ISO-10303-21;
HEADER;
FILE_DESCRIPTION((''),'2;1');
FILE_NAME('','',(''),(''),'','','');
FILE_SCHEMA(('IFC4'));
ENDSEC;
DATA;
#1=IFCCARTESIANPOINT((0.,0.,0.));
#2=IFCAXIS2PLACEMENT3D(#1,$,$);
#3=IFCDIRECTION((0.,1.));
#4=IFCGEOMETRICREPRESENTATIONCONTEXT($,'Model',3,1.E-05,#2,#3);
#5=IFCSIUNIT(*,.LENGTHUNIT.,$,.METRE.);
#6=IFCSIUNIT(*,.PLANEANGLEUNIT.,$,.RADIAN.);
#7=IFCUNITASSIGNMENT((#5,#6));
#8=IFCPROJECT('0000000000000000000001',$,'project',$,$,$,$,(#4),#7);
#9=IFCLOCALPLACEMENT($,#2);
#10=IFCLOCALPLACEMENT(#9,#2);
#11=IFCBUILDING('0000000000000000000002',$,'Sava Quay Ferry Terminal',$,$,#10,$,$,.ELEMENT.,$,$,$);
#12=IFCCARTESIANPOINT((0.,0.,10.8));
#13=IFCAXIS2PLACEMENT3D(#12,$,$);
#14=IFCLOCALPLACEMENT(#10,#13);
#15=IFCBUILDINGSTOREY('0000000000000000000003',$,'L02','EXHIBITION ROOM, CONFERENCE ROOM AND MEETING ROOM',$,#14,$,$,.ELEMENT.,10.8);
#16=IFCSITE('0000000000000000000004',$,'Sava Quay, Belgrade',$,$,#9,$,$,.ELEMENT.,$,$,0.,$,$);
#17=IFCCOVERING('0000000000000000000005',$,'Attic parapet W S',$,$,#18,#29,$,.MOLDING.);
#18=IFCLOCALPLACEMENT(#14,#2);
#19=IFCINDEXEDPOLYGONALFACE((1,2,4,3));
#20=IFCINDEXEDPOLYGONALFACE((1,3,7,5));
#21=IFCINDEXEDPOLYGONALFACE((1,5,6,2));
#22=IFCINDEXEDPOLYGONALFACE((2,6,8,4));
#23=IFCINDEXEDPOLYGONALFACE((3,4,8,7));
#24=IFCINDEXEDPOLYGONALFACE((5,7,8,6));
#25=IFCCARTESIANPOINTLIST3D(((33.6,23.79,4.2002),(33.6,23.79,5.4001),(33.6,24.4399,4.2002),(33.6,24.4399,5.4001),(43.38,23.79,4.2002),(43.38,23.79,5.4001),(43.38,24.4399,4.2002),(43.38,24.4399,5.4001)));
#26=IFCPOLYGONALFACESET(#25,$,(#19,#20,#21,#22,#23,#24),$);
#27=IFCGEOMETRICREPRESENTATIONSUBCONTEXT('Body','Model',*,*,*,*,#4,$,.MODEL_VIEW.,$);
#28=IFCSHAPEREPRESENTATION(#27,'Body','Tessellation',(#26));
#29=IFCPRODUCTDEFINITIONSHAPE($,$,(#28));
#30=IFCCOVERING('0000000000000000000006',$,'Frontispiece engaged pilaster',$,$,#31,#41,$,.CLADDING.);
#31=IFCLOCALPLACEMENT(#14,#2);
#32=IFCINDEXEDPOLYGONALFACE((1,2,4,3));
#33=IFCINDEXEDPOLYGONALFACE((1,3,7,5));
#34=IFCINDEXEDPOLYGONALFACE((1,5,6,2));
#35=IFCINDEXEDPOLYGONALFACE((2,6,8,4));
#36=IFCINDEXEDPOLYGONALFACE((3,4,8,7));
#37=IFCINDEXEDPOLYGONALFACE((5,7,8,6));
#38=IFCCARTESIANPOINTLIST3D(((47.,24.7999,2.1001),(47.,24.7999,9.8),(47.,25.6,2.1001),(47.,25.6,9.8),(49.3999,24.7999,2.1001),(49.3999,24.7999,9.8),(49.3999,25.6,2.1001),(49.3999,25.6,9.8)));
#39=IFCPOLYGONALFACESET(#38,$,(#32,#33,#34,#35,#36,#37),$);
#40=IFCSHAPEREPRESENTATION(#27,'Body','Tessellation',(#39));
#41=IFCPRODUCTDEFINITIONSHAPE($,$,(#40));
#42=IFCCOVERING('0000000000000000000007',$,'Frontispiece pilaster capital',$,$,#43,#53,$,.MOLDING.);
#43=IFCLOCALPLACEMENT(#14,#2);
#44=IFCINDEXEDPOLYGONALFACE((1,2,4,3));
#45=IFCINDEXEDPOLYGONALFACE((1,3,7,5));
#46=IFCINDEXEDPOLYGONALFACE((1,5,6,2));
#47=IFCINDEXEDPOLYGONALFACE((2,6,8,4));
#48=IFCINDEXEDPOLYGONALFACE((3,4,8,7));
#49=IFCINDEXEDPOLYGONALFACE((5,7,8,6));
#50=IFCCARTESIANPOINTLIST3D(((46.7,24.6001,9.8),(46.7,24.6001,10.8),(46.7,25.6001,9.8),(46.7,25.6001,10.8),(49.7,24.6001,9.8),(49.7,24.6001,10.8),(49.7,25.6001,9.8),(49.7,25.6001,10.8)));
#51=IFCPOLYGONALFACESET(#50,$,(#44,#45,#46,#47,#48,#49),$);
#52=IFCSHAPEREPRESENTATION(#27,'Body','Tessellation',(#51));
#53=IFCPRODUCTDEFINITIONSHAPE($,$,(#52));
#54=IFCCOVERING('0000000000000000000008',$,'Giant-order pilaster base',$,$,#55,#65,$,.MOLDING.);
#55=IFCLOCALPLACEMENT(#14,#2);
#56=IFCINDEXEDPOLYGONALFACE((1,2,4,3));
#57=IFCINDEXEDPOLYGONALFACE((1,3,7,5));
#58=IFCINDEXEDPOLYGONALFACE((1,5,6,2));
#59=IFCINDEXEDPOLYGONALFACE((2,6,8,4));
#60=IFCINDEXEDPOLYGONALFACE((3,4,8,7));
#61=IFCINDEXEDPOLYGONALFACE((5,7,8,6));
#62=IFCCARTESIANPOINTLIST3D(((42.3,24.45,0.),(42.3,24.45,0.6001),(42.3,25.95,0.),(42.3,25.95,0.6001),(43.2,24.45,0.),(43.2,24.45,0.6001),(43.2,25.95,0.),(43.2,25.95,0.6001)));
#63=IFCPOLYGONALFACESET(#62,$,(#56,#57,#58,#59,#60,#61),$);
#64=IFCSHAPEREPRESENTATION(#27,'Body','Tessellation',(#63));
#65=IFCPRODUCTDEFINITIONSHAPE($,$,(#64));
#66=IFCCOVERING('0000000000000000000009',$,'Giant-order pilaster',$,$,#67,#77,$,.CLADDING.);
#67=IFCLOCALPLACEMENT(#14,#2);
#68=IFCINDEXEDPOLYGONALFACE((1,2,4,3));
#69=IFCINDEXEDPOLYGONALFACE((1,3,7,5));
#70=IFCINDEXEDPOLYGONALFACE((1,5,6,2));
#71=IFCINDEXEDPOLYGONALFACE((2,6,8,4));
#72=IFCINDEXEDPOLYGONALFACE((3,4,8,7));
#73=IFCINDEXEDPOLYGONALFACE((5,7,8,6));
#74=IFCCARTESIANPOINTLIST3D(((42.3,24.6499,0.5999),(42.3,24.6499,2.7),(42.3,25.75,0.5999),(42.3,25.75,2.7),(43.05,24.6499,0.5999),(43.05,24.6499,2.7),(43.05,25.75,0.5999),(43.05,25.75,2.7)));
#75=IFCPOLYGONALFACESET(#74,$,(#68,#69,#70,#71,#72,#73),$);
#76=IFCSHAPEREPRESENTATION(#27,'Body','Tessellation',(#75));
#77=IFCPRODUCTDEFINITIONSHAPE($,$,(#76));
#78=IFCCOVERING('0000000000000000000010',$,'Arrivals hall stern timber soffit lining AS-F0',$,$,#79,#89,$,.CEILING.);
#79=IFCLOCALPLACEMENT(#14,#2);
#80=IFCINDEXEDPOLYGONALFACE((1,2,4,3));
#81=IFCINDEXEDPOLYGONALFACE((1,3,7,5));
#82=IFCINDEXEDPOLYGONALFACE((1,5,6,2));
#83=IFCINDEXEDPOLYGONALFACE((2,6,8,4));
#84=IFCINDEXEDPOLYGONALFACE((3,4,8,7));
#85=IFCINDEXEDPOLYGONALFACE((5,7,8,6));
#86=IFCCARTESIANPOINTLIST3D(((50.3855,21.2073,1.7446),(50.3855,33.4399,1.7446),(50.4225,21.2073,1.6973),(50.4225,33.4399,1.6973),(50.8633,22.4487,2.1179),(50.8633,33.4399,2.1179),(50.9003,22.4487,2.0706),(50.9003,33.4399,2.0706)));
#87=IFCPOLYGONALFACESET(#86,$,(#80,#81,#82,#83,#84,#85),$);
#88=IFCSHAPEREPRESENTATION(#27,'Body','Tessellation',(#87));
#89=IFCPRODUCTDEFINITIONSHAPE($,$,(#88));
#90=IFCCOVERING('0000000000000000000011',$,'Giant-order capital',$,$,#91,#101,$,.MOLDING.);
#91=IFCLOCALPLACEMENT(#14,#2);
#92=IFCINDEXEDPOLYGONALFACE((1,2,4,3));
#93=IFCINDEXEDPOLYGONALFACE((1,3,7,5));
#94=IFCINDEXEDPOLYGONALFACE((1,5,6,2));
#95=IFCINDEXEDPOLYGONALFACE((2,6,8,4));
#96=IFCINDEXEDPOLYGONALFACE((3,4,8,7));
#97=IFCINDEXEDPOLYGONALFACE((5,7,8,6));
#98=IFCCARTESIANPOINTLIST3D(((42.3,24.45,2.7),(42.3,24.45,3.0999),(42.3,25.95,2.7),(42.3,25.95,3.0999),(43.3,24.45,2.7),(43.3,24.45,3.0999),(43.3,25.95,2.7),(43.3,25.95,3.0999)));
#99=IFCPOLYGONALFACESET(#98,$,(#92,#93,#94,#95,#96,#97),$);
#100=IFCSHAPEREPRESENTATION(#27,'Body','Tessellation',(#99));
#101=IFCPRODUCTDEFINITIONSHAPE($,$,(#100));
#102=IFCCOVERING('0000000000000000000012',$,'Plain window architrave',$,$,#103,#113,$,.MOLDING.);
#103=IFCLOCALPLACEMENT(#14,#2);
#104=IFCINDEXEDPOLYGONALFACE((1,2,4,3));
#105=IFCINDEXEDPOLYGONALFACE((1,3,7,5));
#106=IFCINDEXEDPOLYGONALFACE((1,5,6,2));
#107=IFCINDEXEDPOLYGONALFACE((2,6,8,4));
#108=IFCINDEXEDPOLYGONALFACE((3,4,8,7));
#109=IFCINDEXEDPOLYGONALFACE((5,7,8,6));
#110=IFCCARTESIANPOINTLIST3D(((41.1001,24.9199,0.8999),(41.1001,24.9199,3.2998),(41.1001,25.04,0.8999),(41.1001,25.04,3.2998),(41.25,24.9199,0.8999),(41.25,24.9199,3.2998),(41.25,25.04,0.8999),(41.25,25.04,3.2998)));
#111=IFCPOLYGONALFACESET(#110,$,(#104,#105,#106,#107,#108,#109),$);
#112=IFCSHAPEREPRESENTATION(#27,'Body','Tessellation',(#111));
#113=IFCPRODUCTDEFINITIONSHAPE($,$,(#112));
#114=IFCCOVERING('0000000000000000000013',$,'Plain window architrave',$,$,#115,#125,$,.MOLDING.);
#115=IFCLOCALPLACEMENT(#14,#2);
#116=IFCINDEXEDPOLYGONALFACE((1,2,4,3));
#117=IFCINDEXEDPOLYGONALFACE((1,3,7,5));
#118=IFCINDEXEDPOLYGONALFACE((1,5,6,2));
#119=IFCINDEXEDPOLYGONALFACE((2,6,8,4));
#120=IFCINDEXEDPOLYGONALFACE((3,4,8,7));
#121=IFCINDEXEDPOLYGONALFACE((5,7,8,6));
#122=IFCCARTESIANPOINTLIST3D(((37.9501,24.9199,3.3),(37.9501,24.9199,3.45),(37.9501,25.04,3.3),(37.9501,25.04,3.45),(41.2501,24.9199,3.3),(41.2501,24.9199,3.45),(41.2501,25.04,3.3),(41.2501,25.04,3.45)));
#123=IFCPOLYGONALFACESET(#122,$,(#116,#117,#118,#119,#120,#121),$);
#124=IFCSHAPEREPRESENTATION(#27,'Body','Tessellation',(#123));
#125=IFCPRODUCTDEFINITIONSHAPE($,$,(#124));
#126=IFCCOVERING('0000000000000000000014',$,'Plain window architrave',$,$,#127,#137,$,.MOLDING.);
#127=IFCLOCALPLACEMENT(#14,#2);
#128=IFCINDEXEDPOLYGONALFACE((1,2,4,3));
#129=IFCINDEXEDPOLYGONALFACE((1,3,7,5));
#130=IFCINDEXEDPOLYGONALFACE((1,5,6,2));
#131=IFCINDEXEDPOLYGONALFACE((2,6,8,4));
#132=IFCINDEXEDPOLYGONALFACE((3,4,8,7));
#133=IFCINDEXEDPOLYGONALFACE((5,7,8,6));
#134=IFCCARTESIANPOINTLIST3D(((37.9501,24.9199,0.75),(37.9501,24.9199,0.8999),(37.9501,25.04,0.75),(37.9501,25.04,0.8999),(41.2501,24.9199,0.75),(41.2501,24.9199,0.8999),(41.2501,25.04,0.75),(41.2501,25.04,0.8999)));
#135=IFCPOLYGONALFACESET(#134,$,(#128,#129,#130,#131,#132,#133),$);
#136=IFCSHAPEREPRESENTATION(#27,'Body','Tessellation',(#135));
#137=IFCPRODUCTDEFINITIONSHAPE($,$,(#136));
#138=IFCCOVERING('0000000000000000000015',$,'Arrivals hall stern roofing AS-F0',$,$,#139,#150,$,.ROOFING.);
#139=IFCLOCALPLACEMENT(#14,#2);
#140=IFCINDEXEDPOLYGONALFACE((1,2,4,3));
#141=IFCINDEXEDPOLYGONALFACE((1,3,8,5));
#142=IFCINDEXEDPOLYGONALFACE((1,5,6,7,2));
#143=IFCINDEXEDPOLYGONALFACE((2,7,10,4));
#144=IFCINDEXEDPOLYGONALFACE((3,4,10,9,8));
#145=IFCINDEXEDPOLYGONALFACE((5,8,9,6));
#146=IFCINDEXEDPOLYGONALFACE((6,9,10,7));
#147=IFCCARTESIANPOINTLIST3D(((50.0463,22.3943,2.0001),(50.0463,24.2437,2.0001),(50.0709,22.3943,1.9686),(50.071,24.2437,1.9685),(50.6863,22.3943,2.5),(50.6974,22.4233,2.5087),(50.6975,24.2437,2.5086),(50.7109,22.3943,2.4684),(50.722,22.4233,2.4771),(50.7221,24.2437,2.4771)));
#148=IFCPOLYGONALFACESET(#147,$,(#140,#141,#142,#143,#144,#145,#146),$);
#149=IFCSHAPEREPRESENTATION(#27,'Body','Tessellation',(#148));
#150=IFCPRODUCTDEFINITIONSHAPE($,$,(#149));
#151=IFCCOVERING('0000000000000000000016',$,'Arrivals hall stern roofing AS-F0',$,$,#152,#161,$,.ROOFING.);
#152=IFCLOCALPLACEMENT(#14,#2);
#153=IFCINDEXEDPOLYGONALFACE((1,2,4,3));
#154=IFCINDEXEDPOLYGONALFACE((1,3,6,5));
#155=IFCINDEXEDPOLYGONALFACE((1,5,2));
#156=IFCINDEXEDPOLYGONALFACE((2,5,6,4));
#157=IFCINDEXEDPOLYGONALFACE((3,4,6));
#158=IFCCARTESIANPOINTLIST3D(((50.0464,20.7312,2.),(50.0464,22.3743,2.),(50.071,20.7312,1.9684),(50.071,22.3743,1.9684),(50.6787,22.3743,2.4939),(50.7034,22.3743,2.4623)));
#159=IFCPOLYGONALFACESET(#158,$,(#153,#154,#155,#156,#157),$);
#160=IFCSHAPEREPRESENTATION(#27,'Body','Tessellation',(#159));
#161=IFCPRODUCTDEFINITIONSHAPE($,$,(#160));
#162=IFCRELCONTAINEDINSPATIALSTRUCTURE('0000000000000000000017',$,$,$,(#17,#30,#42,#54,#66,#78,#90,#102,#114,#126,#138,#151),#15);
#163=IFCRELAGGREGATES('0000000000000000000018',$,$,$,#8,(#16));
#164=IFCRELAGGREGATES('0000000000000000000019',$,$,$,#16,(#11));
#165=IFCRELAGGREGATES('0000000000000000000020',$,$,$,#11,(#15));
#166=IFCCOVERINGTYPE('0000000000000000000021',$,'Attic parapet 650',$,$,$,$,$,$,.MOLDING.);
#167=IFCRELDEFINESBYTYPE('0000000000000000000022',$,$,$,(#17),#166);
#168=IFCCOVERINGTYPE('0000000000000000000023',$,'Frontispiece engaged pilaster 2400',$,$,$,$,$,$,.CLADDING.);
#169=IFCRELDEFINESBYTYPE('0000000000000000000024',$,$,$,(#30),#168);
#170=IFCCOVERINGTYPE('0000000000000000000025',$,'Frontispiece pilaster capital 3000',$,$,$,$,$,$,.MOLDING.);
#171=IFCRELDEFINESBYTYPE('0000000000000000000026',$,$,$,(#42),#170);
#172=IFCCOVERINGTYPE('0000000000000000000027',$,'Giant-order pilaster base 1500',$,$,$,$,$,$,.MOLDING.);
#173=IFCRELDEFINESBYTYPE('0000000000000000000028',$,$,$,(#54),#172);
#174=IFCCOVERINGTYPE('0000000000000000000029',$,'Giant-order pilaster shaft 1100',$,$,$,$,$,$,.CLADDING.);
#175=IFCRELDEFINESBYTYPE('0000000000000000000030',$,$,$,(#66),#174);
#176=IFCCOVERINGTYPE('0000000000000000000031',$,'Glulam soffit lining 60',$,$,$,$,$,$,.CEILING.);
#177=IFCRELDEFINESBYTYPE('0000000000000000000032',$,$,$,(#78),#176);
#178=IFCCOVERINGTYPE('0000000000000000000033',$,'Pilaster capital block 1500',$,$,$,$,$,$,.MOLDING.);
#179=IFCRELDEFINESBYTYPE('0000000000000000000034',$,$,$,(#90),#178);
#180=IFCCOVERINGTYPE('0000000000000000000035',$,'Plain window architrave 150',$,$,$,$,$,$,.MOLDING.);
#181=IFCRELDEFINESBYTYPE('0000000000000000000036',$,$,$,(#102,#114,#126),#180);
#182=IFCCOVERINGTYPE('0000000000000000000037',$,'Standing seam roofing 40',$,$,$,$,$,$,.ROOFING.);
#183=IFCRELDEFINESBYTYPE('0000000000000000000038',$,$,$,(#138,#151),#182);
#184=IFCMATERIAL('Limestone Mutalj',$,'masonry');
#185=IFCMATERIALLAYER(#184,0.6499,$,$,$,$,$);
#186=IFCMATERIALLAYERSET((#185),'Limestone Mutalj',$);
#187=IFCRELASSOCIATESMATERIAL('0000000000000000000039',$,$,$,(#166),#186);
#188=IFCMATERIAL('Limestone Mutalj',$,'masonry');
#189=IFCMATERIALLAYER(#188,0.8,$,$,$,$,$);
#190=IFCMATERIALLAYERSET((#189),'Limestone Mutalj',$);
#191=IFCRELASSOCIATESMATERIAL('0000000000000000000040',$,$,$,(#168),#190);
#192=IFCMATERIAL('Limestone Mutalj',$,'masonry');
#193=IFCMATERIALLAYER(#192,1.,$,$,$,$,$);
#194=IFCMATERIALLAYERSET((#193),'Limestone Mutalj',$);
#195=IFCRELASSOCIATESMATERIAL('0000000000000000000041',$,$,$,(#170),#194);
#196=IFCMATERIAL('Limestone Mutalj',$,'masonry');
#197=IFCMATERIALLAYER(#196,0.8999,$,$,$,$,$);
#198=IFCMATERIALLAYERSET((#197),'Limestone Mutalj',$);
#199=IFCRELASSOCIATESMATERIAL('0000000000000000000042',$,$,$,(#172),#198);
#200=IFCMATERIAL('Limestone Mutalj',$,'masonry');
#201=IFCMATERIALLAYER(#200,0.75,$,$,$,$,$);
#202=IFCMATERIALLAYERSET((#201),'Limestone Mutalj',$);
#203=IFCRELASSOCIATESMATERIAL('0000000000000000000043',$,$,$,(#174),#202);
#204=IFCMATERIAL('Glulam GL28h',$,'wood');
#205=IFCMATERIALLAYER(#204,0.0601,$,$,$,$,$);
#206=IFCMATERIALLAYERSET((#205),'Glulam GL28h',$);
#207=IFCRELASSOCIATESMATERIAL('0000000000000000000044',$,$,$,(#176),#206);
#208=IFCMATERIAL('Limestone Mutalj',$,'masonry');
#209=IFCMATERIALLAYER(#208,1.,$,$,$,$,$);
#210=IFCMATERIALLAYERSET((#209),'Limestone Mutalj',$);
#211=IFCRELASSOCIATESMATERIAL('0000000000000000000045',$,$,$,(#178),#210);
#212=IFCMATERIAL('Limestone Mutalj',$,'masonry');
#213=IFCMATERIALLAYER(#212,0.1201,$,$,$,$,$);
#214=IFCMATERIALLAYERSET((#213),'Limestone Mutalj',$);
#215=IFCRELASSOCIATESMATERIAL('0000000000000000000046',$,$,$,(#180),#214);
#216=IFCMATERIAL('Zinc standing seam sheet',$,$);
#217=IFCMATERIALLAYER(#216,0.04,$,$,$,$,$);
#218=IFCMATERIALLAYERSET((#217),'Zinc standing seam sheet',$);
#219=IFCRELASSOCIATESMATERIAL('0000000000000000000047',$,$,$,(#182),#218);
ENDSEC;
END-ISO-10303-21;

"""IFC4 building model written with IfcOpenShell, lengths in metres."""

from ifc_helpers import new_model, si_unit, direction, frame, origin, origin_2d, place, context, subcontext, project, spatial, polyline, rectangle, outline, extrude, material, layer, layer_set, type_object, element, save


model = new_model("IFC4")

# Units and contexts
model_context = context("Model", 3, precision=1e-05, world=origin(), true_north=direction((0.0, 1.0)))
body_context = subcontext(model_context, "Body", "Model", "MODEL_VIEW")
ifc_project = project(units=[si_unit("LENGTHUNIT", "METRE"), si_unit("PLANEANGLEUNIT", "RADIAN")], contexts=[model_context])

# Site, building, storey
site_placement = place(None, origin())
site = spatial("IfcSite", under=ifc_project, at=site_placement, Name="Sava Quay, Belgrade", CompositionType="ELEMENT", RefElevation=0.0)
building_placement = place(site_placement, origin())
building = spatial("IfcBuilding", under=site, at=building_placement, Name="Sava Quay Ferry Terminal", CompositionType="ELEMENT")
storey_placement = place(building_placement, frame((0.0, 0.0, 10.8)))
storey = spatial("IfcBuildingStorey", under=building, at=storey_placement, Name="L02", Description="EXHIBITION ROOM, CONFERENCE ROOM AND MEETING ROOM", CompositionType="ELEMENT", Elevation=10.8)

# Covering
ifc_material_1 = material(Name="Limestone Mutalj", Category="masonry")
ifc_layer_1 = layer(ifc_material_1, 0.6499)
ifc_layer_set_1 = layer_set([ifc_layer_1], Name="Limestone Mutalj")
covering_type_1 = type_object("IfcCoveringType", Name="Attic parapet 650", PredefinedType="MOLDING", material=ifc_layer_set_1)
covering_1_placement = place(storey_placement, frame((38.49, 24.115, 4.2002), z_axis=(0.0, 0.0, 1.0), x_axis=(1.0, 0.0, 0.0)))
element("IfcCovering", 1, at=covering_1_placement, inside=storey, type_object=covering_type_1, Name="Attic parapet W S", PredefinedType="MOLDING", context=body_context, shape_type="SweptSolid", body=[
    extrude(rectangle(XDim=9.78, YDim=0.6499, at=origin_2d()), origin(), (0.0, 0.0, 1.0), 1.2),
])

# Coverings
ifc_material_2 = material(Name="Limestone Mutalj", Category="masonry")
ifc_layer_2 = layer(ifc_material_2, 0.8)
ifc_layer_set_2 = layer_set([ifc_layer_2], Name="Limestone Mutalj")
covering_type_2 = type_object("IfcCoveringType", Name="Frontispiece engaged pilaster 2400", PredefinedType="CLADDING", material=ifc_layer_set_2)
covering_2_placement = place(storey_placement, frame((48.2, 25.2, 2.1001), z_axis=(0.0, 0.0, 1.0), x_axis=(1.0, 0.0, 0.0)))
element("IfcCovering", 2, at=covering_2_placement, inside=storey, type_object=covering_type_2, Name="Frontispiece engaged pilaster", PredefinedType="CLADDING", context=body_context, shape_type="SweptSolid", body=[
    extrude(rectangle(XDim=2.3999, YDim=0.8, at=origin_2d()), origin(), (0.0, 0.0, 1.0), 7.7),
])
ifc_material_3 = material(Name="Limestone Mutalj", Category="masonry")
ifc_layer_3 = layer(ifc_material_3, 1.0)
ifc_layer_set_3 = layer_set([ifc_layer_3], Name="Limestone Mutalj")
covering_type_3 = type_object("IfcCoveringType", Name="Frontispiece pilaster capital 3000", PredefinedType="MOLDING", material=ifc_layer_set_3)
covering_3_placement = place(storey_placement, frame((48.2, 25.1001, 9.8), z_axis=(0.0, 0.0, 1.0), x_axis=(1.0, 0.0, 0.0)))
element("IfcCovering", 3, at=covering_3_placement, inside=storey, type_object=covering_type_3, Name="Frontispiece pilaster capital", PredefinedType="MOLDING", context=body_context, shape_type="SweptSolid", body=[
    extrude(rectangle(XDim=3.0, YDim=1.0, at=origin_2d()), origin(), (0.0, 0.0, 1.0), 1.0),
])
ifc_material_4 = material(Name="Limestone Mutalj", Category="masonry")
ifc_layer_4 = layer(ifc_material_4, 0.8999)
ifc_layer_set_4 = layer_set([ifc_layer_4], Name="Limestone Mutalj")
covering_type_4 = type_object("IfcCoveringType", Name="Giant-order pilaster base 1500", PredefinedType="MOLDING", material=ifc_layer_set_4)
covering_4_placement = place(storey_placement, frame((42.75, 25.2, 0.0), z_axis=(0.0, 0.0, 1.0), x_axis=(1.0, 0.0, 0.0)))
element("IfcCovering", 4, at=covering_4_placement, inside=storey, type_object=covering_type_4, Name="Giant-order pilaster base", PredefinedType="MOLDING", context=body_context, shape_type="SweptSolid", body=[
    extrude(rectangle(XDim=0.8999, YDim=1.5, at=origin_2d()), origin(), (0.0, 0.0, 1.0), 0.6001),
])
ifc_material_5 = material(Name="Limestone Mutalj", Category="masonry")
ifc_layer_5 = layer(ifc_material_5, 0.75)
ifc_layer_set_5 = layer_set([ifc_layer_5], Name="Limestone Mutalj")
covering_type_5 = type_object("IfcCoveringType", Name="Giant-order pilaster shaft 1100", PredefinedType="CLADDING", material=ifc_layer_set_5)
covering_5_placement = place(storey_placement, frame((42.675, 25.2, 0.5999), z_axis=(0.0, 0.0, 1.0), x_axis=(1.0, 0.0, 0.0)))
element("IfcCovering", 5, at=covering_5_placement, inside=storey, type_object=covering_type_5, Name="Giant-order pilaster", PredefinedType="CLADDING", context=body_context, shape_type="SweptSolid", body=[
    extrude(rectangle(XDim=0.75, YDim=1.1001, at=origin_2d()), origin(), (0.0, 0.0, 1.0), 2.1001),
])
ifc_material_6 = material(Name="Glulam GL28h", Category="wood")
ifc_layer_6 = layer(ifc_material_6, 0.0601)
ifc_layer_set_6 = layer_set([ifc_layer_6], Name="Glulam GL28h")
covering_type_6 = type_object("IfcCoveringType", Name="Glulam soffit lining 60", PredefinedType="CEILING", material=ifc_layer_set_6)
covering_6_placement = place(storey_placement, frame((50.8633, 22.4487, 2.1179), z_axis=(-0.615667, 0.0, 0.788006), x_axis=(-0.345817, -0.89856, -0.270186)))
element("IfcCovering", 6, at=covering_6_placement, inside=storey, type_object=covering_type_6, Name="Arrivals hall stern timber soffit lining AS-F0", PredefinedType="CEILING", context=body_context, shape_type="SweptSolid", body=[
    extrude(outline(polyline([(0.0, 0.0), (1.3816, 0.0), (-9.6102, -5.3683), (-9.8763, -4.8235), (0.0, 0.0)])), origin(), (0.0, 0.0, -1.0), 0.0601),
])
ifc_material_7 = material(Name="Limestone Mutalj", Category="masonry")
ifc_layer_7 = layer(ifc_material_7, 1.0)
ifc_layer_set_7 = layer_set([ifc_layer_7], Name="Limestone Mutalj")
covering_type_7 = type_object("IfcCoveringType", Name="Pilaster capital block 1500", PredefinedType="MOLDING", material=ifc_layer_set_7)
covering_7_placement = place(storey_placement, frame((42.8, 25.2, 2.7), z_axis=(0.0, 0.0, 1.0), x_axis=(1.0, 0.0, 0.0)))
element("IfcCovering", 7, at=covering_7_placement, inside=storey, type_object=covering_type_7, Name="Giant-order capital", PredefinedType="MOLDING", context=body_context, shape_type="SweptSolid", body=[
    extrude(rectangle(XDim=1.0, YDim=1.5, at=origin_2d()), origin(), (0.0, 0.0, 1.0), 0.3999),
])
ifc_material_8 = material(Name="Limestone Mutalj", Category="masonry")
ifc_layer_8 = layer(ifc_material_8, 0.1201)
ifc_layer_set_8 = layer_set([ifc_layer_8], Name="Limestone Mutalj")
covering_type_8 = type_object("IfcCoveringType", Name="Plain window architrave 150", PredefinedType="MOLDING", material=ifc_layer_set_8)
covering_8_placement = place(storey_placement, frame((41.175, 24.98, 0.8999), z_axis=(0.0, 0.0, 1.0), x_axis=(1.0, 0.0, 0.0)))
element("IfcCovering", 8, at=covering_8_placement, inside=storey, type_object=covering_type_8, Name="Plain window architrave", PredefinedType="MOLDING", context=body_context, shape_type="SweptSolid", body=[
    extrude(rectangle(XDim=0.1499, YDim=0.1201, at=origin_2d()), origin(), (0.0, 0.0, 1.0), 2.3999),
])
for number, where, z_axis, x_axis, name in (
    (9, (39.6001, 24.98, 3.3), (0.0, 0.0, 1.0), (1.0, 0.0, 0.0), "Plain window architrave"),
    (10, (39.6001, 24.98, 0.75), (0.0, 0.0, 1.0), (1.0, 0.0, 0.0), "Plain window architrave"),
):
    element("IfcCovering", number, at=place(storey_placement, frame(where, z_axis=z_axis, x_axis=x_axis)), inside=storey, type_object=covering_type_8, Name=name, PredefinedType="MOLDING", context=body_context, shape_type="SweptSolid", body=[
        extrude(rectangle(XDim=3.3, YDim=0.1201, at=origin_2d()), origin(), (0.0, 0.0, 1.0), 0.1499),
    ])
ifc_material_9 = material(Name="Zinc standing seam sheet")
ifc_layer_9 = layer(ifc_material_9, 0.04)
ifc_layer_set_9 = layer_set([ifc_layer_9], Name="Zinc standing seam sheet")
covering_type_9 = type_object("IfcCoveringType", Name="Standing seam roofing 40", PredefinedType="ROOFING", material=ifc_layer_set_9)
covering_9_placement = place(storey_placement, frame((50.6863, 22.3943, 2.5), z_axis=(-0.615536, 0.000048, 0.788108), x_axis=(-0.788108, 0.0, -0.615536)))
element("IfcCovering", 11, at=covering_9_placement, inside=storey, type_object=covering_type_9, Name="Arrivals hall stern roofing AS-F0", PredefinedType="ROOFING", context=body_context, shape_type="SweptSolid", body=[
    extrude(outline(polyline([(0.0, 0.0), (0.8121, 0.0), (0.8121, -1.8494), (-0.0141, -1.8494), (-0.0141, -0.0291), (0.0, 0.0)])), origin(), (0.0, 0.0, -1.0), 0.04),
])
covering_10_placement = place(storey_placement, frame((50.0464, 20.7312, 2.0), z_axis=(-0.615561, 0.0, 0.788089), x_axis=(0.0, 1.0, 0.0)))
element("IfcCovering", 12, at=covering_10_placement, inside=storey, type_object=covering_type_9, Name="Arrivals hall stern roofing AS-F0", PredefinedType="ROOFING", context=body_context, shape_type="SweptSolid", body=[
    extrude(outline(polyline([(0.0, 0.0), (1.6431, 0.0), (1.6431, -0.8024), (0.0, 0.0)])), origin(), (0.0, 0.0, -1.0), 0.04),
])

save(model, "model.ifc")
